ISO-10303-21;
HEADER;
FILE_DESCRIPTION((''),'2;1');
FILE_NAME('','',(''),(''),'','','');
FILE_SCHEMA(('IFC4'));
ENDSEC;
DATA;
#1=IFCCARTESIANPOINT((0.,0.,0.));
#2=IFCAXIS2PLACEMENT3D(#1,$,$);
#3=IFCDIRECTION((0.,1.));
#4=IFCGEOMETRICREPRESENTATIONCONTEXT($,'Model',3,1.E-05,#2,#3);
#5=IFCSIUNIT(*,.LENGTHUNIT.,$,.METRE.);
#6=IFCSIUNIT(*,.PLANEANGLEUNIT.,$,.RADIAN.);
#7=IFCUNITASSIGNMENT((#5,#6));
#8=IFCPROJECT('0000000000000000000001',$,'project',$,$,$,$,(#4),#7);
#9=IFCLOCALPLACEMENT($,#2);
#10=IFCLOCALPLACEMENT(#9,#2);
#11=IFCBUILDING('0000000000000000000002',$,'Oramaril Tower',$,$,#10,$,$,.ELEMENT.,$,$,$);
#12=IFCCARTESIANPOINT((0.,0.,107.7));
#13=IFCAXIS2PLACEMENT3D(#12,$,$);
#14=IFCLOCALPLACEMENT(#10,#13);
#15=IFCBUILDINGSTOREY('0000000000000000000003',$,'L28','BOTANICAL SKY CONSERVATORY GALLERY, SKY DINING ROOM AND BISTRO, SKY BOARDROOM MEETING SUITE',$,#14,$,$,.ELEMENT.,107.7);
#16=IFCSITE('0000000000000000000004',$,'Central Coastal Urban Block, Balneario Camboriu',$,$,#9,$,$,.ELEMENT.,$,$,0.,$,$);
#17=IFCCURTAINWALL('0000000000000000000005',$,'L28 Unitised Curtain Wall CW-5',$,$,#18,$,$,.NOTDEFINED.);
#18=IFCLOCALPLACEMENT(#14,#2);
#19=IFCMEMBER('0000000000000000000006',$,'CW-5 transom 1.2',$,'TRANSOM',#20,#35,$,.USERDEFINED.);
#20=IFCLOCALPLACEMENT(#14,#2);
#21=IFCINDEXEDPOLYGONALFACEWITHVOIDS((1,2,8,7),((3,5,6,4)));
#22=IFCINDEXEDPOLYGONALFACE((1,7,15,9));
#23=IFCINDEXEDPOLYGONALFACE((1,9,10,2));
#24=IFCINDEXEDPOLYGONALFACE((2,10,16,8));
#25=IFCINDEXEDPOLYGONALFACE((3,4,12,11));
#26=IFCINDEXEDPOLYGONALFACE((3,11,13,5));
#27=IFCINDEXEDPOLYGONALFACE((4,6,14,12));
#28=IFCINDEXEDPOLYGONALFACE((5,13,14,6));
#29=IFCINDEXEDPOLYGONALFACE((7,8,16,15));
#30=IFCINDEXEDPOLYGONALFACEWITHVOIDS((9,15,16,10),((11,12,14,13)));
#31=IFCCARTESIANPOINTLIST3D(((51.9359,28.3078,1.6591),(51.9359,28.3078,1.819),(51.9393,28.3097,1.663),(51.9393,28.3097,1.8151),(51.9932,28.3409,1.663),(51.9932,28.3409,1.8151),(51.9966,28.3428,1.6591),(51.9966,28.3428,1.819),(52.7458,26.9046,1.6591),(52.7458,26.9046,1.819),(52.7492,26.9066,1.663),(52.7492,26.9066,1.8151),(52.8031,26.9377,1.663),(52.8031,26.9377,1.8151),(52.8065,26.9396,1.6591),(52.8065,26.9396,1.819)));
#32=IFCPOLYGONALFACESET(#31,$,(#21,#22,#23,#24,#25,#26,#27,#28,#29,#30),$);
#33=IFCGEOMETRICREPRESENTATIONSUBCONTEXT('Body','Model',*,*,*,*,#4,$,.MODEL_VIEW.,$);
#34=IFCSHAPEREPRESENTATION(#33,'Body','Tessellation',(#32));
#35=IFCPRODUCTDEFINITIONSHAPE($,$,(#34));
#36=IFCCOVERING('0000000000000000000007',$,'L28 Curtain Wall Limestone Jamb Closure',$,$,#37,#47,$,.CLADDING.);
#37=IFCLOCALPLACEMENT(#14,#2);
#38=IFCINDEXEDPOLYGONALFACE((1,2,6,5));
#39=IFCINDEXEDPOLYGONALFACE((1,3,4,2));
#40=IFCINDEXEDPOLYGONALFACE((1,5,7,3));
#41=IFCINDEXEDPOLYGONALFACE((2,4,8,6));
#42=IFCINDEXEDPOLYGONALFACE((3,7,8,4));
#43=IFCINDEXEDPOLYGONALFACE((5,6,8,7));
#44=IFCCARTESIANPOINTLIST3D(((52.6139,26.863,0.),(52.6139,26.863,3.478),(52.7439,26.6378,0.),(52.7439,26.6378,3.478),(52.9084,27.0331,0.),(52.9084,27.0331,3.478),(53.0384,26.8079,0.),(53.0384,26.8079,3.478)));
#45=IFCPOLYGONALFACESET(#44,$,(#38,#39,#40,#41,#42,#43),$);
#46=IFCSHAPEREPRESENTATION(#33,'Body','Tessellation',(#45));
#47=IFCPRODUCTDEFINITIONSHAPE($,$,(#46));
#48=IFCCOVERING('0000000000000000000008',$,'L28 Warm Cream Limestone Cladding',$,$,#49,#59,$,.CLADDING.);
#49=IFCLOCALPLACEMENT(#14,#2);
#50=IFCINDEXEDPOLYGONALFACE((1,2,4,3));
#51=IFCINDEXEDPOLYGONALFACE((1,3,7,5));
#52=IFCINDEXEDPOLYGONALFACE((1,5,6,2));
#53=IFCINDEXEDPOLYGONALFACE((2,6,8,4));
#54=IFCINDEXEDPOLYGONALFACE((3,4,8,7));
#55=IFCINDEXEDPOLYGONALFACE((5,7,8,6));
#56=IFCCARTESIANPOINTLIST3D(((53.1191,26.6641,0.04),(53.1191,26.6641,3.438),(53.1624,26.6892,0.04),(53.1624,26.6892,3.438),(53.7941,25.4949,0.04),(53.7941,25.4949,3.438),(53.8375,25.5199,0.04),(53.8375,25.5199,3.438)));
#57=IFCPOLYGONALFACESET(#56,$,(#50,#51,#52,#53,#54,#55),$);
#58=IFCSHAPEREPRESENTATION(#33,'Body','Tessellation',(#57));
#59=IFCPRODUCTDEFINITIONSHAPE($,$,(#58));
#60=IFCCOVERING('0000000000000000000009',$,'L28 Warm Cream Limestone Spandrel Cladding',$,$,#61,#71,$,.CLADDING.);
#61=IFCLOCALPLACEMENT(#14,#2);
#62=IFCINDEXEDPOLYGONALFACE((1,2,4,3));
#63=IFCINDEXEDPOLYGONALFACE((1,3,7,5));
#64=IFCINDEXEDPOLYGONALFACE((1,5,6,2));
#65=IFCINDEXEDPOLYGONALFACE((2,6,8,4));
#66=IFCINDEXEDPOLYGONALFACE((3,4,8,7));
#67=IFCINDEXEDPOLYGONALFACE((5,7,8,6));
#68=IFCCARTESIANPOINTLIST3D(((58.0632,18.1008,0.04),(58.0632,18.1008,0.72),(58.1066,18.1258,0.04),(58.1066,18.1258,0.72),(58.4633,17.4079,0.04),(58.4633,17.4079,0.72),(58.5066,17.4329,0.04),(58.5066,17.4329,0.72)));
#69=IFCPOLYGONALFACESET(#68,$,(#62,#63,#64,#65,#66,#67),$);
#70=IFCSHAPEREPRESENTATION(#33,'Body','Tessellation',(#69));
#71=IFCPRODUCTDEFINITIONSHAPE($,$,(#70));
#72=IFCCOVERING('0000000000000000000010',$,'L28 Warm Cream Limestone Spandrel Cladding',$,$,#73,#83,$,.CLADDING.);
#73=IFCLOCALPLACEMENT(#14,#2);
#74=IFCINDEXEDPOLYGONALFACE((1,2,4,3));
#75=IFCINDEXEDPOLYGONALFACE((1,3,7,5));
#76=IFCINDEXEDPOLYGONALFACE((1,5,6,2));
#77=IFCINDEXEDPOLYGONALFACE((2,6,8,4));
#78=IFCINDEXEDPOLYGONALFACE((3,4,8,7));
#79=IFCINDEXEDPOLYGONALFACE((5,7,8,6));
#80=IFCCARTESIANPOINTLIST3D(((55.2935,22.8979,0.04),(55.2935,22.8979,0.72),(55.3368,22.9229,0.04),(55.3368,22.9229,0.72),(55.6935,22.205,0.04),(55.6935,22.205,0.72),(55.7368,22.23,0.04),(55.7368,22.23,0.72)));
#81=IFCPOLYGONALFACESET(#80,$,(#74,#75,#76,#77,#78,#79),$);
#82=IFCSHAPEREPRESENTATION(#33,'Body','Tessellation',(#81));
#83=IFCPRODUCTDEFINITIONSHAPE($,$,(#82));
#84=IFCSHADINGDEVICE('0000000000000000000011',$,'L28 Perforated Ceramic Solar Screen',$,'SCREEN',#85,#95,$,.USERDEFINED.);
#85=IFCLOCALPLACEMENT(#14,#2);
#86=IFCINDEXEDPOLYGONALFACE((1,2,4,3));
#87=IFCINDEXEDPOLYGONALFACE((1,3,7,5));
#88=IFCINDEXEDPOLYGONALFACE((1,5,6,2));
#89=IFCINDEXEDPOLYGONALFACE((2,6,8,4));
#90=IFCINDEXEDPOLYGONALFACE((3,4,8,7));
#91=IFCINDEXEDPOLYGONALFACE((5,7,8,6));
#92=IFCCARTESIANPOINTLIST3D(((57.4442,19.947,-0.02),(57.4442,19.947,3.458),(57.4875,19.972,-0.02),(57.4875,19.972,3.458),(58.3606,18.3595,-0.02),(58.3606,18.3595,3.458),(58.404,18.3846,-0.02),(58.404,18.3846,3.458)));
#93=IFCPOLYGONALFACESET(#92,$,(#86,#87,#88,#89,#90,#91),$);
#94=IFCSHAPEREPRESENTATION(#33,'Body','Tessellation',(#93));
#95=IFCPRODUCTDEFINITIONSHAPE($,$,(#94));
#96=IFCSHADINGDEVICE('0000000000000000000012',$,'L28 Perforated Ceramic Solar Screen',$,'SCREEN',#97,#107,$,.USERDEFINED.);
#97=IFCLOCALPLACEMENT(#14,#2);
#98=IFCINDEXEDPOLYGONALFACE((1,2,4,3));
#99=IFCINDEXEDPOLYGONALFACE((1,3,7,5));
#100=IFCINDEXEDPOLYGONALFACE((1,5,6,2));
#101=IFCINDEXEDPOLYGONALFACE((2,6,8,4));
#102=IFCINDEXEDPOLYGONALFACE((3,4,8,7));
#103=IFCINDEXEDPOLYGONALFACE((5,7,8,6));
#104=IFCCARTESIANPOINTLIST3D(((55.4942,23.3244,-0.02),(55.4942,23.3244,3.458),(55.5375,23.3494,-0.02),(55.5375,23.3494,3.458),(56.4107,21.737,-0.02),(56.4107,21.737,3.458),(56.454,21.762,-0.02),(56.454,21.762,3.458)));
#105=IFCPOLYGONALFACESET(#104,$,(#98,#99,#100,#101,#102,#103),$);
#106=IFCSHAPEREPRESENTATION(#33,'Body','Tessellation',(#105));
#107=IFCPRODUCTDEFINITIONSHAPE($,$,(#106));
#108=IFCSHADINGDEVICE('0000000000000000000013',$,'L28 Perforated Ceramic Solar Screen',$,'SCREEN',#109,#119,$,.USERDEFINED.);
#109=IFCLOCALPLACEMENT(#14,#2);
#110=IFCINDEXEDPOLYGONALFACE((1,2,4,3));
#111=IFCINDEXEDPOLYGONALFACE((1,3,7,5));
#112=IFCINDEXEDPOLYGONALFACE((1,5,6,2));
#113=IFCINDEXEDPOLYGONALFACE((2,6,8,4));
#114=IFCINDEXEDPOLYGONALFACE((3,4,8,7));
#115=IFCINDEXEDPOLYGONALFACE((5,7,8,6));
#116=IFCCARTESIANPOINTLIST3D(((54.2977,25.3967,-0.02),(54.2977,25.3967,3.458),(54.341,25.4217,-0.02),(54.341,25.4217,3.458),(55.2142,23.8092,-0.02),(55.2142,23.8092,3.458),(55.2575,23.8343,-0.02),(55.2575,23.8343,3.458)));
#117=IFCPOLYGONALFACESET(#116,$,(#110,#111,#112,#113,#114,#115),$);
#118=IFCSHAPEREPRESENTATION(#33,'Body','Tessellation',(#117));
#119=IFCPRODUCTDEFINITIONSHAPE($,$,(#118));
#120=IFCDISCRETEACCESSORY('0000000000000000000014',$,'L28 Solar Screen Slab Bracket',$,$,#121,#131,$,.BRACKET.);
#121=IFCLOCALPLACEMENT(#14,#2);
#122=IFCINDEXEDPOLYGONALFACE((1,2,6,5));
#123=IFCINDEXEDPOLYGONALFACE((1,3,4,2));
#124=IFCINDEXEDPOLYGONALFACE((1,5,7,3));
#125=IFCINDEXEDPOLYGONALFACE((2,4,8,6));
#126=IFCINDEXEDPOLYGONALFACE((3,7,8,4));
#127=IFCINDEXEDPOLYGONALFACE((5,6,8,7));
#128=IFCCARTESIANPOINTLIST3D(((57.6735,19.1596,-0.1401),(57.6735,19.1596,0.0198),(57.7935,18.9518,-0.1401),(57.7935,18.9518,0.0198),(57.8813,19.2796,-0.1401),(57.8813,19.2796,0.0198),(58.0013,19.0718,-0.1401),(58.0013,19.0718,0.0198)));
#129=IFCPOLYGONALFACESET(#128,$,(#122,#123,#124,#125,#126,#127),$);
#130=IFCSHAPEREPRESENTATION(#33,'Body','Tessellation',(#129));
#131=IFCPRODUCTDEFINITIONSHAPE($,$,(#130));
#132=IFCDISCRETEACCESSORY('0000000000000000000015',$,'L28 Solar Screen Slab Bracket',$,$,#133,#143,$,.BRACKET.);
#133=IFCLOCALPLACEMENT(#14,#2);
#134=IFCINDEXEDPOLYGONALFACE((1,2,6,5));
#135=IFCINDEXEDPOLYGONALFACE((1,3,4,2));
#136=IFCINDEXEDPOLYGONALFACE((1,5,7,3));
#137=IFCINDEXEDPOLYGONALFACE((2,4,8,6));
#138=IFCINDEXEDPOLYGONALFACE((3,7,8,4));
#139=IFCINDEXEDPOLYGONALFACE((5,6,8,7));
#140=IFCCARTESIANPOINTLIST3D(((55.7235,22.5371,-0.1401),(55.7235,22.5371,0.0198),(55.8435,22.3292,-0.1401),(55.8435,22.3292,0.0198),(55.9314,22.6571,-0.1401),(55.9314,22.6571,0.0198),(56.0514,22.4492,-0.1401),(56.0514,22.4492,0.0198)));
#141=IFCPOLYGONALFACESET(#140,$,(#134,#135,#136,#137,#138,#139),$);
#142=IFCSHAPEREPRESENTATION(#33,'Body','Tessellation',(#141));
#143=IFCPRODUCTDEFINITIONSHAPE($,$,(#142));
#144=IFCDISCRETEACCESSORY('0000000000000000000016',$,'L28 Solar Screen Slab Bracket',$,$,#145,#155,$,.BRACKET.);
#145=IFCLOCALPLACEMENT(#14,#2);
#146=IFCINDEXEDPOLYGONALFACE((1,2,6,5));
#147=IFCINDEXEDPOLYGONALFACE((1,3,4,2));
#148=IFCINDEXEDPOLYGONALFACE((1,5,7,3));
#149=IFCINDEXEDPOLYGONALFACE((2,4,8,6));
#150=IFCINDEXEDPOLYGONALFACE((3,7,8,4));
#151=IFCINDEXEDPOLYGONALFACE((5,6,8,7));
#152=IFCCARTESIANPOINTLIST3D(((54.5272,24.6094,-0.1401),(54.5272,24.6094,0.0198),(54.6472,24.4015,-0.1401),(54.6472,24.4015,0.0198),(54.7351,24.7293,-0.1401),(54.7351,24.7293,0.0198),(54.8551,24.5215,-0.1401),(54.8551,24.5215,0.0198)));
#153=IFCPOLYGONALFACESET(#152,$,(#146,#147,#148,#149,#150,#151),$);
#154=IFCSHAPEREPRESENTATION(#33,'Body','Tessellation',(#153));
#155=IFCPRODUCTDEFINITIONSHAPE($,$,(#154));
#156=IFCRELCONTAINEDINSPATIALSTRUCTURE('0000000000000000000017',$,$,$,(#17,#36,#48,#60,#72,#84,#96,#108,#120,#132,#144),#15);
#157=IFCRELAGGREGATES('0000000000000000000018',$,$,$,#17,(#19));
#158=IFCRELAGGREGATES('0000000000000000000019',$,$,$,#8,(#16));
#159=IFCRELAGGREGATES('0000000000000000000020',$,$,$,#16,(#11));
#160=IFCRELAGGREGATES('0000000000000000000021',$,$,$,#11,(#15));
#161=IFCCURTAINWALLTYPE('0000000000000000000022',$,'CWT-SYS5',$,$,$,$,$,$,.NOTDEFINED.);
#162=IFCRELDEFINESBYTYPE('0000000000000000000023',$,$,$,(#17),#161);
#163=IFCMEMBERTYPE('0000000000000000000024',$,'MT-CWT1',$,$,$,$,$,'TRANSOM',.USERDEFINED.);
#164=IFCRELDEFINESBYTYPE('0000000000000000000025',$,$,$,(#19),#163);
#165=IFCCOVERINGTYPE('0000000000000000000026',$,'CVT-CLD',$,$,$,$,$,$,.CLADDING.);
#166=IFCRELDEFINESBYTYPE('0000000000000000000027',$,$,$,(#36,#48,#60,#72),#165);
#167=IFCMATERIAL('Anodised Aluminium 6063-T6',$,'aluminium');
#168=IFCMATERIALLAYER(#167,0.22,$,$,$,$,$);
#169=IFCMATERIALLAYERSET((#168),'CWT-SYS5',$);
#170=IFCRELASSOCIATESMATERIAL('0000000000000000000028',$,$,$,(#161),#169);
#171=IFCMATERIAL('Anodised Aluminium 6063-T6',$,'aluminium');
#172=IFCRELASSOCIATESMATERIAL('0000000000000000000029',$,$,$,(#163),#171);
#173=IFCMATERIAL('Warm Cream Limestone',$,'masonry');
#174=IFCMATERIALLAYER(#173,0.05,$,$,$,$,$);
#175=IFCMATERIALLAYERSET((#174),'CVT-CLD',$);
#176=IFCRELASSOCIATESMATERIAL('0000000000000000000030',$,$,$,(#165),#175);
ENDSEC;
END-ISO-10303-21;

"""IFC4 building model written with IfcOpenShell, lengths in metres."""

from ifc_helpers import new_model, si_unit, direction, frame, origin, origin_2d, place, context, subcontext, project, spatial, rectangle, hollow_rectangle, extrude, material, layer, layer_set, material_profile, profile_set, type_object, element, aggregate, save


model = new_model("IFC4")

# Units and contexts
model_context = context("Model", 3, precision=1e-05, world=origin(), true_north=direction((0.0, 1.0)))
body_context = subcontext(model_context, "Body", "Model", "MODEL_VIEW")
ifc_project = project(units=[si_unit("LENGTHUNIT", "METRE"), si_unit("PLANEANGLEUNIT", "RADIAN")], contexts=[model_context])

# Site, building, storey
site_placement = place(None, origin())
site = spatial("IfcSite", under=ifc_project, at=site_placement, Name="Central Coastal Urban Block, Balneario Camboriu", CompositionType="ELEMENT", RefElevation=0.0)
building_placement = place(site_placement, origin())
building = spatial("IfcBuilding", under=site, at=building_placement, Name="Oramaril Tower", CompositionType="ELEMENT")
storey_placement = place(building_placement, frame((0.0, 0.0, 107.7)))
storey = spatial("IfcBuildingStorey", under=building, at=storey_placement, Name="L28", Description="BOTANICAL SKY CONSERVATORY GALLERY, SKY DINING ROOM AND BISTRO, SKY BOARDROOM MEETING SUITE", CompositionType="ELEMENT", Elevation=107.7)

# Curtain wall, member
ifc_material_1 = material(Name="Anodised Aluminium 6063-T6", Category="aluminium")
ifc_layer_1 = layer(ifc_material_1, 0.22)
ifc_layer_set_1 = layer_set([ifc_layer_1], Name="CWT-SYS5")
curtain_wall_type = type_object("IfcCurtainWallType", Name="CWT-SYS5", PredefinedType="NOTDEFINED", material=ifc_layer_set_1)
curtain_wall_placement = place(storey_placement, origin())
curtain_wall = element("IfcCurtainWall", 1, at=curtain_wall_placement, inside=storey, type_object=curtain_wall_type, Name="L28 Unitised Curtain Wall CW-5", PredefinedType="NOTDEFINED")
ifc_material_2 = material(Name="Anodised Aluminium 6063-T6", Category="aluminium")
ifc_material_profile_1 = material_profile(ifc_material_2, hollow_rectangle(XDim=0.0701, YDim=0.1599, WallThickness=0.0039, at=origin_2d()), Name="CWT160X70")
ifc_profile_set_1 = profile_set([ifc_material_profile_1], Name="Anodised Aluminium 6063-T6")
member_type_1 = type_object("IfcMemberType", Name="MT-CWT1", ElementType="TRANSOM", PredefinedType="USERDEFINED", material=ifc_profile_set_1)
member_1_placement = place(storey_placement, frame((52.7761, 26.9221, 1.739), z_axis=(-0.499883, 0.866093, 0.0), x_axis=(-0.866093, -0.499883, 0.0)))
member_1 = element("IfcMember", 2, at=member_1_placement, type_object=member_type_1, Name="CW-5 transom 1.2", ObjectType="TRANSOM", PredefinedType="USERDEFINED", context=body_context, shape_type="SweptSolid", body=[
    extrude(hollow_rectangle(XDim=0.0701, YDim=0.1599, WallThickness=0.0039, at=origin_2d()), origin(), (0.0, 0.0, 1.0), 1.6201),
])
aggregate(curtain_wall, [member_1])

# Coverings
ifc_material_3 = material(Name="Warm Cream Limestone", Category="masonry")
ifc_layer_2 = layer(ifc_material_3, 0.05)
ifc_layer_set_2 = layer_set([ifc_layer_2], Name="CVT-CLD")
covering_type = type_object("IfcCoveringType", Name="CVT-CLD", PredefinedType="CLADDING", material=ifc_layer_set_2)
covering_1_placement = place(storey_placement, frame((52.8262, 26.8354, 0.0), z_axis=(0.0, 0.0, 1.0), x_axis=(-0.5, 0.866025, 0.0)))
element("IfcCovering", 3, at=covering_1_placement, inside=storey, type_object=covering_type, Name="L28 Curtain Wall Limestone Jamb Closure", PredefinedType="CLADDING", context=body_context, shape_type="SweptSolid", body=[
    extrude(rectangle(XDim=0.26, YDim=0.3401, at=origin_2d()), origin(), (0.0, 0.0, 1.0), 3.478),
])
covering_2_placement = place(storey_placement, frame((53.4783, 26.092, 0.04), z_axis=(0.0, 0.0, 1.0), x_axis=(-0.499998, 0.866026, 0.0)))
element("IfcCovering", 4, at=covering_2_placement, inside=storey, type_object=covering_type, Name="L28 Warm Cream Limestone Cladding", PredefinedType="CLADDING", context=body_context, shape_type="SweptSolid", body=[
    extrude(rectangle(XDim=1.3501, YDim=0.05, at=origin_2d()), origin(), (0.0, 0.0, 1.0), 3.3979),
])
for number, where, z_axis, x_axis, name in (
    (5, (58.2849, 17.7668, 0.04), (0.0, 0.0, 1.0), (-0.499998, 0.866026, 0.0), "L28 Warm Cream Limestone Spandrel Cladding"),
    (6, (55.5151, 22.564, 0.04), (0.0, 0.0, 1.0), (-0.499998, 0.866026, 0.0), "L28 Warm Cream Limestone Spandrel Cladding"),
):
    element("IfcCovering", number, at=place(storey_placement, frame(where, z_axis=z_axis, x_axis=x_axis)), inside=storey, type_object=covering_type, Name=name, PredefinedType="CLADDING", context=body_context, shape_type="SweptSolid", body=[
        extrude(rectangle(XDim=0.8, YDim=0.05, at=origin_2d()), origin(), (0.0, 0.0, 1.0), 0.6799),
    ])

# Shading devices
for number, where, z_axis, x_axis, name in (
    (7, (57.9241, 19.1658, -0.02), (0.0, 0.0, 1.0), (-0.499997, 0.866027, 0.0), "L28 Perforated Ceramic Solar Screen"),
    (8, (55.9741, 22.5432, -0.02), (0.0, 0.0, 1.0), (-0.499997, 0.866027, 0.0), "L28 Perforated Ceramic Solar Screen"),
    (9, (54.7776, 24.6155, -0.02), (0.0, 0.0, 1.0), (-0.499997, 0.866027, 0.0), "L28 Perforated Ceramic Solar Screen"),
):
    element("IfcShadingDevice", number, at=place(storey_placement, frame(where, z_axis=z_axis, x_axis=x_axis)), inside=storey, Name=name, ObjectType="SCREEN", PredefinedType="USERDEFINED", context=body_context, shape_type="SweptSolid", body=[
        extrude(rectangle(XDim=1.833, YDim=0.05, at=origin_2d()), origin(), (0.0, 0.0, 1.0), 3.478),
    ])

# Discrete accessories
for number, where, z_axis, x_axis, name in (
    (10, (57.8374, 19.1157, -0.1401), (0.0, 0.0, 1.0), (-0.499997, 0.866027, 0.0), "L28 Solar Screen Slab Bracket"),
    (11, (55.8875, 22.4932, -0.1401), (0.0, 0.0, 1.0), (-0.499997, 0.866027, 0.0), "L28 Solar Screen Slab Bracket"),
    (12, (54.6912, 24.5654, -0.1401), (0.0, 0.0, 1.0), (-0.499997, 0.866027, 0.0), "L28 Solar Screen Slab Bracket"),
):
    element("IfcDiscreteAccessory", number, at=place(storey_placement, frame(where, z_axis=z_axis, x_axis=x_axis)), inside=storey, Name=name, PredefinedType="BRACKET", context=body_context, shape_type="SweptSolid", body=[
        extrude(rectangle(XDim=0.24, YDim=0.24, at=origin_2d()), origin(), (0.0, 0.0, 1.0), 0.1599),
    ])

save(model, "model.ifc")
